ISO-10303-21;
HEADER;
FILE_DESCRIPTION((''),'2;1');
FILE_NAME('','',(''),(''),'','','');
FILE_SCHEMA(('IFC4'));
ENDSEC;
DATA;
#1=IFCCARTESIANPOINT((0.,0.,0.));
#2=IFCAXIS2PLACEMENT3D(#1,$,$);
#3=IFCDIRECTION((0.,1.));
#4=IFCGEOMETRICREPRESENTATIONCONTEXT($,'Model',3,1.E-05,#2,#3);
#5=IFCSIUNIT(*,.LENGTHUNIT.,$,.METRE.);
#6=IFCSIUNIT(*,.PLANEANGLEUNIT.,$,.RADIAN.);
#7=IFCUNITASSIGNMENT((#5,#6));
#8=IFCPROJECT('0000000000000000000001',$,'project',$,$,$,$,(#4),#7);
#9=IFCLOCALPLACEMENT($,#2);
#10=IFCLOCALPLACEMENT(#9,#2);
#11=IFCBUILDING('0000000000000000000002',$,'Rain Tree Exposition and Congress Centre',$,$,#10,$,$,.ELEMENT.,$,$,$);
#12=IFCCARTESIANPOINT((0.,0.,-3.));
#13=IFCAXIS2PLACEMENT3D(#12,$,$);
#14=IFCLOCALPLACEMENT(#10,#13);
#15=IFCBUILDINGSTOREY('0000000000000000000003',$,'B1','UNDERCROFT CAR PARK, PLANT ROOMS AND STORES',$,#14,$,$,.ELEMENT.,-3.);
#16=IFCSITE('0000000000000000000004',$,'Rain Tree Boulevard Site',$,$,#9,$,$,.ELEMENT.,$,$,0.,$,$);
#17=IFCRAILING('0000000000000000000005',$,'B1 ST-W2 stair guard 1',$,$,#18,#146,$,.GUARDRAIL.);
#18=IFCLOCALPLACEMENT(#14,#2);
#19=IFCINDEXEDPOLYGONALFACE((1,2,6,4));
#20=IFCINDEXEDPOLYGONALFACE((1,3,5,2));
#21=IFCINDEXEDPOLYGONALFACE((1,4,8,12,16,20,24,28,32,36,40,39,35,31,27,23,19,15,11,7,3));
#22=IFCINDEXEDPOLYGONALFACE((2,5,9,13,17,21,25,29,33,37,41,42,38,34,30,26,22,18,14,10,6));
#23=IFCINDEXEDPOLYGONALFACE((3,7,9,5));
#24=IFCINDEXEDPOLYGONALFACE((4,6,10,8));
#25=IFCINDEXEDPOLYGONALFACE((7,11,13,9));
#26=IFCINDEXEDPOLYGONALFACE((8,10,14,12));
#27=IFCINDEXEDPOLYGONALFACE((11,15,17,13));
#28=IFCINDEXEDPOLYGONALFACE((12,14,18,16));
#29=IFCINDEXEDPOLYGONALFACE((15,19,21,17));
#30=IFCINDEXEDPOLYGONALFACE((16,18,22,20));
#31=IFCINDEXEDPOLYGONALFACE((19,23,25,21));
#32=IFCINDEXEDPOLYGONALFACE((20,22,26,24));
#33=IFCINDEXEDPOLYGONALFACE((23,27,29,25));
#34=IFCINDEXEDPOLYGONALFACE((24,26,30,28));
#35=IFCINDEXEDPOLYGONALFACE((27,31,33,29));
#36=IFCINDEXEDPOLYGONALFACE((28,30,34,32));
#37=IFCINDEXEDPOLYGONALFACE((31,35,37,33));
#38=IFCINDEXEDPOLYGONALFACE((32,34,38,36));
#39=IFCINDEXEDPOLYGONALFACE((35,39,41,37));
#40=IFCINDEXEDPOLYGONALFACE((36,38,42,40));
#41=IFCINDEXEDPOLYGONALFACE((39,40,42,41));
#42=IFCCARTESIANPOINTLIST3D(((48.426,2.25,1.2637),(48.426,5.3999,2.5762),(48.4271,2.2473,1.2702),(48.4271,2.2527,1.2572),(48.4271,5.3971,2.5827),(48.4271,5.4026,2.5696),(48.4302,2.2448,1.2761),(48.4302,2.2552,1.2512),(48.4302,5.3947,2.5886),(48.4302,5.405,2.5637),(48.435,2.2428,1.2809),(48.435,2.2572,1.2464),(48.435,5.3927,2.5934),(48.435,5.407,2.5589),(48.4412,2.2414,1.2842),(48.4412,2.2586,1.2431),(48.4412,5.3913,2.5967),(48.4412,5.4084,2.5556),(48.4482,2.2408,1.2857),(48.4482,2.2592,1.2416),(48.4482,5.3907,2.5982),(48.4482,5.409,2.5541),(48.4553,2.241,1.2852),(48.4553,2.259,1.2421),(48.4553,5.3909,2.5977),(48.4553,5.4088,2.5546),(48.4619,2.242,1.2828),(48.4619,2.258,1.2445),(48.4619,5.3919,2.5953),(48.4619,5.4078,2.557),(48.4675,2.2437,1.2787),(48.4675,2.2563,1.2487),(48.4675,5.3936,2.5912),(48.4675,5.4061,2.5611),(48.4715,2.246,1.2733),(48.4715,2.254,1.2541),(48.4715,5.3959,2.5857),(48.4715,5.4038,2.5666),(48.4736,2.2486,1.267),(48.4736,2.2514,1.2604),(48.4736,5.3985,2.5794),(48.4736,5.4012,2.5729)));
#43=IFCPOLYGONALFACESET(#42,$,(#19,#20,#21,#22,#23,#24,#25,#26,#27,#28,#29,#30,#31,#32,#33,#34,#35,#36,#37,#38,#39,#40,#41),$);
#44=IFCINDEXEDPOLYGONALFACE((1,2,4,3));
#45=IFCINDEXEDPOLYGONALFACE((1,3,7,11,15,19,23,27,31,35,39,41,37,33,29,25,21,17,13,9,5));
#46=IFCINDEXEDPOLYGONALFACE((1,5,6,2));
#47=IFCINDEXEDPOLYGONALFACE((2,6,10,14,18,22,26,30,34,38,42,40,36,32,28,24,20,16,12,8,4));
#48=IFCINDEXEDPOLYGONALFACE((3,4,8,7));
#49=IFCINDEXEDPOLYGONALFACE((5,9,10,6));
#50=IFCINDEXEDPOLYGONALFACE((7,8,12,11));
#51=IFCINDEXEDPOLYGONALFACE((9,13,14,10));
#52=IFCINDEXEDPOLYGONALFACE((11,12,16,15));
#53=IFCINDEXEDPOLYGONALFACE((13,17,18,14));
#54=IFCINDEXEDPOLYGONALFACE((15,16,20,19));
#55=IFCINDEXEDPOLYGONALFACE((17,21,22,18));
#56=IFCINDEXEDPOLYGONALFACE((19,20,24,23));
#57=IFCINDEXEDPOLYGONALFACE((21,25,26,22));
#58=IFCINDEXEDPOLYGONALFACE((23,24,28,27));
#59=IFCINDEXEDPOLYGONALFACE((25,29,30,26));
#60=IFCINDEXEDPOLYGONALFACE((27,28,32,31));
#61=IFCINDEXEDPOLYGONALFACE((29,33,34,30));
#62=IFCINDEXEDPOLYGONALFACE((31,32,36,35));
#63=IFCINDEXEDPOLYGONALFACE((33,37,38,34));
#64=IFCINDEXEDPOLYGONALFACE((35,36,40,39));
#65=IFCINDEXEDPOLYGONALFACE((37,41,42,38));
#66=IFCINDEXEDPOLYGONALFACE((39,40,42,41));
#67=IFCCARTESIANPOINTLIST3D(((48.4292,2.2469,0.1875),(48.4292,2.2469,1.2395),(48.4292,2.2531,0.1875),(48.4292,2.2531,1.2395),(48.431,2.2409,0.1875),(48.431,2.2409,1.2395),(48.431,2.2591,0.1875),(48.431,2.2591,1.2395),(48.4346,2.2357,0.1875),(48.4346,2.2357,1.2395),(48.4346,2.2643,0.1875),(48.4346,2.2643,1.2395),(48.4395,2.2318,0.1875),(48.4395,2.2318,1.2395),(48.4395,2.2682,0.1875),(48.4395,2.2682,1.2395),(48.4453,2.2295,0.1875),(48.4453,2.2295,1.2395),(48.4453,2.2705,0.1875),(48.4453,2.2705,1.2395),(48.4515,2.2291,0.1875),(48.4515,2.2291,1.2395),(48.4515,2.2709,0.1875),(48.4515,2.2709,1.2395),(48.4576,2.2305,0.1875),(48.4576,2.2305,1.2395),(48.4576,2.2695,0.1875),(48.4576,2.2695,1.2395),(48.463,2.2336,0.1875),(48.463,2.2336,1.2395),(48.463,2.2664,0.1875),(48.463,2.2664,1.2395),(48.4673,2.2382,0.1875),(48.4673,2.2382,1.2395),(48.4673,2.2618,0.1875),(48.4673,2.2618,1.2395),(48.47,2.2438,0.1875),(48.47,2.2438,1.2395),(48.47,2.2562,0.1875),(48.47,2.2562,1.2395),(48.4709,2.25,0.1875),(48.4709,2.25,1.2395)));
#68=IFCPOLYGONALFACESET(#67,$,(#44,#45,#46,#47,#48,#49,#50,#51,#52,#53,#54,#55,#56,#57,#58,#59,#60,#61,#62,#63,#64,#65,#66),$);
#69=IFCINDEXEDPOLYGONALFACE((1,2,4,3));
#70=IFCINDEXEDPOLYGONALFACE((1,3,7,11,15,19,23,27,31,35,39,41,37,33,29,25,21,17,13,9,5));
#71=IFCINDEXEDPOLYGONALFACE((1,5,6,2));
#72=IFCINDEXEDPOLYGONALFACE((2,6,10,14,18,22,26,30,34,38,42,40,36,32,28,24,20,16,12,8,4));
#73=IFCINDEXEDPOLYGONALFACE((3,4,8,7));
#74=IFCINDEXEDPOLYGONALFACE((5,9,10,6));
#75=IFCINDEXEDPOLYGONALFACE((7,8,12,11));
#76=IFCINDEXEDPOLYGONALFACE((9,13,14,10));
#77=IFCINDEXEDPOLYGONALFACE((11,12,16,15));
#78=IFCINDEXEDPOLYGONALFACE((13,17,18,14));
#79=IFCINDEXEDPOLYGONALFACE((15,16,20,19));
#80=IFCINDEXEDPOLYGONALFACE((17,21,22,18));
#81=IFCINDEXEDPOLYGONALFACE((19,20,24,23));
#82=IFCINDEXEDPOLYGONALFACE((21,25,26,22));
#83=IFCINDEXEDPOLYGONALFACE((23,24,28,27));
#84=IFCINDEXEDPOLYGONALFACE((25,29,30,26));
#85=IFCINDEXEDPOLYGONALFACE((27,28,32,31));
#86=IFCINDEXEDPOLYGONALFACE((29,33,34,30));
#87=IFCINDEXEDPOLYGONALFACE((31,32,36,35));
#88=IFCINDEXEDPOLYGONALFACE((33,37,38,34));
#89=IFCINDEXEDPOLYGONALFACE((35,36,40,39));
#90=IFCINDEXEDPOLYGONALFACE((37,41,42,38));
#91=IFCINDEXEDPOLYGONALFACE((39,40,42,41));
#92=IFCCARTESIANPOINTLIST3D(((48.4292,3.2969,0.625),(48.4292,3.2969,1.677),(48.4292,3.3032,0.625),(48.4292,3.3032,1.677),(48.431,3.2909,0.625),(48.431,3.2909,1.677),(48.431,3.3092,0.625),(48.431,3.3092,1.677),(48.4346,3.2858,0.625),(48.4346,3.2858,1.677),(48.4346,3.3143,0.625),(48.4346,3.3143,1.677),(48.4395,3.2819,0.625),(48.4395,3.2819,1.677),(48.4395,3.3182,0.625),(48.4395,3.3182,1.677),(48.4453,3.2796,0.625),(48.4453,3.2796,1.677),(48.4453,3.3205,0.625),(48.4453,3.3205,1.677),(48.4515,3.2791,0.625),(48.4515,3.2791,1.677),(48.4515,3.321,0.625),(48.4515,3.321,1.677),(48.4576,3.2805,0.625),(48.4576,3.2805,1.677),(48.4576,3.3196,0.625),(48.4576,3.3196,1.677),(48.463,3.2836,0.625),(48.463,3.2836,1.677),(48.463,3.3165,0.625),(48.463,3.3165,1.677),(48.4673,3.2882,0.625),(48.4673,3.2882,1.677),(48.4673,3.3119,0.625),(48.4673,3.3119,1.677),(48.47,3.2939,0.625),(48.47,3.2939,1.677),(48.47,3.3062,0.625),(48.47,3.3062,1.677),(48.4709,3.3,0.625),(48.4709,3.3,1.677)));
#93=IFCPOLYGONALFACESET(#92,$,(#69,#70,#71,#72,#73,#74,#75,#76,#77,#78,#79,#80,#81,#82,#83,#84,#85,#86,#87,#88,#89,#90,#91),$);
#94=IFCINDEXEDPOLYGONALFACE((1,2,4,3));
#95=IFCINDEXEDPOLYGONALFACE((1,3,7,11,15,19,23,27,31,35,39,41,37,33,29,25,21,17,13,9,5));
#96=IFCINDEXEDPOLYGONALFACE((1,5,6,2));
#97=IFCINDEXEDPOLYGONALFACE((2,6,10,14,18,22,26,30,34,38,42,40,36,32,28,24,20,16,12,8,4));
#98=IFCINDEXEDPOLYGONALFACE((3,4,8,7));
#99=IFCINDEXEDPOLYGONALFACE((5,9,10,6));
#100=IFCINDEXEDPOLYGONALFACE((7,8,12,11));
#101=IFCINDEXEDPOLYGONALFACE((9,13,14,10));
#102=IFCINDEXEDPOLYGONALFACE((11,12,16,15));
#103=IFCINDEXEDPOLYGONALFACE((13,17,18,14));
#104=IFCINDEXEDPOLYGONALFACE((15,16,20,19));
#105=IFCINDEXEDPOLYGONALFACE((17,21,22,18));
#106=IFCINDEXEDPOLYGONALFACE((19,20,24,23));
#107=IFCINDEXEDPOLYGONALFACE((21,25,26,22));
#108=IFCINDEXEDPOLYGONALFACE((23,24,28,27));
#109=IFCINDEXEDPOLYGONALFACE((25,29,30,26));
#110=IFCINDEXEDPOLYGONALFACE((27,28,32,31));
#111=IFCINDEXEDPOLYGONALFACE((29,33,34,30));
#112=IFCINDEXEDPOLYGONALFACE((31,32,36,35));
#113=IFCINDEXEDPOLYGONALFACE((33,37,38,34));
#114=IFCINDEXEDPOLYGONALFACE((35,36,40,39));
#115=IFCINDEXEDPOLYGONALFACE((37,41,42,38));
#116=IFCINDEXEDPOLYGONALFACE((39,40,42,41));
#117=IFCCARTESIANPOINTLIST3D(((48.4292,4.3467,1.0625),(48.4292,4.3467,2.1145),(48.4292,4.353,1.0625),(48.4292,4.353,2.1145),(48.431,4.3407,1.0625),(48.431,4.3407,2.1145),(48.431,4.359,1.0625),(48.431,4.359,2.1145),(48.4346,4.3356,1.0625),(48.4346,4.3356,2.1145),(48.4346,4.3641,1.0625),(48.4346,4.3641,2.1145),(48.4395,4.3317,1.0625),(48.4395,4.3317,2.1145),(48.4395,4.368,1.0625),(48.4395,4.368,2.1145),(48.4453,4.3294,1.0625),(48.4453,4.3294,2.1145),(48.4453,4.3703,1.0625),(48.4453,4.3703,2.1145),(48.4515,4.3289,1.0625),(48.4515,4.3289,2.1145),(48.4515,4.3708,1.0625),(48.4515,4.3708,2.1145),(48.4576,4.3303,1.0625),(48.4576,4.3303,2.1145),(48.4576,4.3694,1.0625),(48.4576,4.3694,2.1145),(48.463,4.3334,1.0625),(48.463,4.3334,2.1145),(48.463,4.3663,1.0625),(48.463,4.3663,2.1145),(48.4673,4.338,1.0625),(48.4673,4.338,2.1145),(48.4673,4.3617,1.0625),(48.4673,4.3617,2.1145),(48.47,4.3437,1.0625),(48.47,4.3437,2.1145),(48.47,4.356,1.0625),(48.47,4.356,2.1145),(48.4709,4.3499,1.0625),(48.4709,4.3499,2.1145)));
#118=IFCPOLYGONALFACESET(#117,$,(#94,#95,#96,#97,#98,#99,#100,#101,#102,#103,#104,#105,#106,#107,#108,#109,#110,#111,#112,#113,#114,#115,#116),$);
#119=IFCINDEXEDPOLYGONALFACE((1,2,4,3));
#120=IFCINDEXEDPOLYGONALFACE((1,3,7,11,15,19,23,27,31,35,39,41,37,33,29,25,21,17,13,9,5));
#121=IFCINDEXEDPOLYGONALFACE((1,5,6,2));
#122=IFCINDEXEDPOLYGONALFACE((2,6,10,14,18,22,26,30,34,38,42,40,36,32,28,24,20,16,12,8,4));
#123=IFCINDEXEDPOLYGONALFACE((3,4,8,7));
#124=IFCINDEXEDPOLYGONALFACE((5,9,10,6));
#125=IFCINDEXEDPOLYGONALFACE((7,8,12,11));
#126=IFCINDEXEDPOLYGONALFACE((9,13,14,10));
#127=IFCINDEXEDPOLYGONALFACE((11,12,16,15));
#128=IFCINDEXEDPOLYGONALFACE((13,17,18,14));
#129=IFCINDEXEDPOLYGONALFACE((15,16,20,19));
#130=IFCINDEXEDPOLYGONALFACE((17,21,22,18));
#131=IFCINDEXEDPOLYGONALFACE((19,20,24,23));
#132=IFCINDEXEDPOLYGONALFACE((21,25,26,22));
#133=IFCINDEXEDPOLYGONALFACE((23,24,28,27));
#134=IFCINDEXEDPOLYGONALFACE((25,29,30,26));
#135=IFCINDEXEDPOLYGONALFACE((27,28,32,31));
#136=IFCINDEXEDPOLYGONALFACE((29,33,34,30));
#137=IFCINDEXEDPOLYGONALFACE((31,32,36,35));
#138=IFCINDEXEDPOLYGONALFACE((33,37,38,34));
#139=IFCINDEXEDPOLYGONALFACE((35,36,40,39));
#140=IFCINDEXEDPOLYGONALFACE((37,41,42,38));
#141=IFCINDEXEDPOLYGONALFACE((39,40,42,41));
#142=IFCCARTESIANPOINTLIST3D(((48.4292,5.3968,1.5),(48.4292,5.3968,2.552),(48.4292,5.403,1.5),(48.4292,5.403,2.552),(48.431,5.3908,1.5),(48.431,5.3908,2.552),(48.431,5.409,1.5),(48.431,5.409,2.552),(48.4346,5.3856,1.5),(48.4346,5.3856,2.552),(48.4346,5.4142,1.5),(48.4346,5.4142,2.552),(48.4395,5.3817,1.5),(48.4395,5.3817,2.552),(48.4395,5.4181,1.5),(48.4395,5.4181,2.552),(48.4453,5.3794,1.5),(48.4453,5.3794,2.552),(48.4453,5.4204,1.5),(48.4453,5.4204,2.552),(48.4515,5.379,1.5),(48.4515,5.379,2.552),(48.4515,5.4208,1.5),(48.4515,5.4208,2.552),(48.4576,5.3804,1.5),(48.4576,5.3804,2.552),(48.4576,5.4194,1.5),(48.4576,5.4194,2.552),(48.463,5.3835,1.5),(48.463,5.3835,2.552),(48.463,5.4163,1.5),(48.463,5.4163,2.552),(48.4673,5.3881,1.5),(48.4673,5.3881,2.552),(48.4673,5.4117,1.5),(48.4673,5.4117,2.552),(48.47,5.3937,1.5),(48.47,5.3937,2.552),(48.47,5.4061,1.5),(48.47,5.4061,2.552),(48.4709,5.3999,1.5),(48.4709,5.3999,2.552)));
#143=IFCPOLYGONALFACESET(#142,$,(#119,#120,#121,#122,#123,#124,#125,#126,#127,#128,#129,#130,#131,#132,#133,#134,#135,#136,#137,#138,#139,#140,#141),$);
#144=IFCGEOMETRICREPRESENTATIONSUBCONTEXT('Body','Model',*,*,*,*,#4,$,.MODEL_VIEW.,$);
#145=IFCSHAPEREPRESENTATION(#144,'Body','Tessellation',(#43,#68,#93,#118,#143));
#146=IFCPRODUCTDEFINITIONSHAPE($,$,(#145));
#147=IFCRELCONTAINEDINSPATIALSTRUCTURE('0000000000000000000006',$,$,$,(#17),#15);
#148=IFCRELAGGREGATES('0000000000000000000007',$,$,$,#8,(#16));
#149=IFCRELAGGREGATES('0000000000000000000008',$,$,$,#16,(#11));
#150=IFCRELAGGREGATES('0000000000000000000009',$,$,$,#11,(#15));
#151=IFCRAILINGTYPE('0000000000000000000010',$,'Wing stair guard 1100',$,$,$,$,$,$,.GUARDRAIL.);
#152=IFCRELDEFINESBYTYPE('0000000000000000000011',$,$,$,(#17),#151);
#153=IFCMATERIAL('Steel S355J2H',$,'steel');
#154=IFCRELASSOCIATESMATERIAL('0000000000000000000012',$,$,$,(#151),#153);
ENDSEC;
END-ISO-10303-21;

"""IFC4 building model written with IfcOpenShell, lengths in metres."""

from ifc_helpers import new_model, si_unit, direction, frame, origin, origin_2d, place, context, subcontext, project, spatial, circle, extrude, material, type_object, element, save


model = new_model("IFC4")

# Units and contexts
model_context = context("Model", 3, precision=1e-05, world=origin(), true_north=direction((0.0, 1.0)))
body_context = subcontext(model_context, "Body", "Model", "MODEL_VIEW")
ifc_project = project(units=[si_unit("LENGTHUNIT", "METRE"), si_unit("PLANEANGLEUNIT", "RADIAN")], contexts=[model_context])

# Site, building, storey
site_placement = place(None, origin())
site = spatial("IfcSite", under=ifc_project, at=site_placement, Name="Rain Tree Boulevard Site", CompositionType="ELEMENT", RefElevation=0.0)
building_placement = place(site_placement, origin())
building = spatial("IfcBuilding", under=site, at=building_placement, Name="Rain Tree Exposition and Congress Centre", CompositionType="ELEMENT")
storey_placement = place(building_placement, frame((0.0, 0.0, -3.0)))
storey = spatial("IfcBuildingStorey", under=building, at=storey_placement, Name="B1", Description="UNDERCROFT CAR PARK, PLANT ROOMS AND STORES", CompositionType="ELEMENT", Elevation=-3.0)

# Railing
ifc_material_1 = material(Name="Steel S355J2H", Category="steel")
railing_type_1 = type_object("IfcRailingType", Name="Wing stair guard 1100", PredefinedType="GUARDRAIL", material=ifc_material_1)
railing_1_placement = place(storey_placement, frame((48.45, 2.25, 0.1875)))
element("IfcRailing", 1, at=railing_1_placement, inside=storey, type_object=railing_type_1, Name="B1 ST-W2 stair guard 1", PredefinedType="GUARDRAIL", context=body_context, shape_type="SweptSolid", body=[
    extrude(circle(Radius=0.0239, at=origin_2d()), frame((0.0, 0.0, 1.0762), z_axis=(0.0, 0.923073, 0.384626), x_axis=(-1.0, 0.0, 0.0)), (0.0, 0.0, 1.0), 3.4124),
    extrude(circle(Radius=0.021, at=origin_2d()), origin(), (0.0, 0.0, 1.0), 1.052),
    extrude(circle(Radius=0.021, at=origin_2d()), frame((0.0, 1.05, 0.4375)), (0.0, 0.0, 1.0), 1.052),
    extrude(circle(Radius=0.021, at=origin_2d()), frame((0.0, 2.0999, 0.875)), (0.0, 0.0, 1.0), 1.052),
    extrude(circle(Radius=0.021, at=origin_2d()), frame((0.0, 3.1499, 1.3125)), (0.0, 0.0, 1.0), 1.052),
])

save(model, "model.ifc")
